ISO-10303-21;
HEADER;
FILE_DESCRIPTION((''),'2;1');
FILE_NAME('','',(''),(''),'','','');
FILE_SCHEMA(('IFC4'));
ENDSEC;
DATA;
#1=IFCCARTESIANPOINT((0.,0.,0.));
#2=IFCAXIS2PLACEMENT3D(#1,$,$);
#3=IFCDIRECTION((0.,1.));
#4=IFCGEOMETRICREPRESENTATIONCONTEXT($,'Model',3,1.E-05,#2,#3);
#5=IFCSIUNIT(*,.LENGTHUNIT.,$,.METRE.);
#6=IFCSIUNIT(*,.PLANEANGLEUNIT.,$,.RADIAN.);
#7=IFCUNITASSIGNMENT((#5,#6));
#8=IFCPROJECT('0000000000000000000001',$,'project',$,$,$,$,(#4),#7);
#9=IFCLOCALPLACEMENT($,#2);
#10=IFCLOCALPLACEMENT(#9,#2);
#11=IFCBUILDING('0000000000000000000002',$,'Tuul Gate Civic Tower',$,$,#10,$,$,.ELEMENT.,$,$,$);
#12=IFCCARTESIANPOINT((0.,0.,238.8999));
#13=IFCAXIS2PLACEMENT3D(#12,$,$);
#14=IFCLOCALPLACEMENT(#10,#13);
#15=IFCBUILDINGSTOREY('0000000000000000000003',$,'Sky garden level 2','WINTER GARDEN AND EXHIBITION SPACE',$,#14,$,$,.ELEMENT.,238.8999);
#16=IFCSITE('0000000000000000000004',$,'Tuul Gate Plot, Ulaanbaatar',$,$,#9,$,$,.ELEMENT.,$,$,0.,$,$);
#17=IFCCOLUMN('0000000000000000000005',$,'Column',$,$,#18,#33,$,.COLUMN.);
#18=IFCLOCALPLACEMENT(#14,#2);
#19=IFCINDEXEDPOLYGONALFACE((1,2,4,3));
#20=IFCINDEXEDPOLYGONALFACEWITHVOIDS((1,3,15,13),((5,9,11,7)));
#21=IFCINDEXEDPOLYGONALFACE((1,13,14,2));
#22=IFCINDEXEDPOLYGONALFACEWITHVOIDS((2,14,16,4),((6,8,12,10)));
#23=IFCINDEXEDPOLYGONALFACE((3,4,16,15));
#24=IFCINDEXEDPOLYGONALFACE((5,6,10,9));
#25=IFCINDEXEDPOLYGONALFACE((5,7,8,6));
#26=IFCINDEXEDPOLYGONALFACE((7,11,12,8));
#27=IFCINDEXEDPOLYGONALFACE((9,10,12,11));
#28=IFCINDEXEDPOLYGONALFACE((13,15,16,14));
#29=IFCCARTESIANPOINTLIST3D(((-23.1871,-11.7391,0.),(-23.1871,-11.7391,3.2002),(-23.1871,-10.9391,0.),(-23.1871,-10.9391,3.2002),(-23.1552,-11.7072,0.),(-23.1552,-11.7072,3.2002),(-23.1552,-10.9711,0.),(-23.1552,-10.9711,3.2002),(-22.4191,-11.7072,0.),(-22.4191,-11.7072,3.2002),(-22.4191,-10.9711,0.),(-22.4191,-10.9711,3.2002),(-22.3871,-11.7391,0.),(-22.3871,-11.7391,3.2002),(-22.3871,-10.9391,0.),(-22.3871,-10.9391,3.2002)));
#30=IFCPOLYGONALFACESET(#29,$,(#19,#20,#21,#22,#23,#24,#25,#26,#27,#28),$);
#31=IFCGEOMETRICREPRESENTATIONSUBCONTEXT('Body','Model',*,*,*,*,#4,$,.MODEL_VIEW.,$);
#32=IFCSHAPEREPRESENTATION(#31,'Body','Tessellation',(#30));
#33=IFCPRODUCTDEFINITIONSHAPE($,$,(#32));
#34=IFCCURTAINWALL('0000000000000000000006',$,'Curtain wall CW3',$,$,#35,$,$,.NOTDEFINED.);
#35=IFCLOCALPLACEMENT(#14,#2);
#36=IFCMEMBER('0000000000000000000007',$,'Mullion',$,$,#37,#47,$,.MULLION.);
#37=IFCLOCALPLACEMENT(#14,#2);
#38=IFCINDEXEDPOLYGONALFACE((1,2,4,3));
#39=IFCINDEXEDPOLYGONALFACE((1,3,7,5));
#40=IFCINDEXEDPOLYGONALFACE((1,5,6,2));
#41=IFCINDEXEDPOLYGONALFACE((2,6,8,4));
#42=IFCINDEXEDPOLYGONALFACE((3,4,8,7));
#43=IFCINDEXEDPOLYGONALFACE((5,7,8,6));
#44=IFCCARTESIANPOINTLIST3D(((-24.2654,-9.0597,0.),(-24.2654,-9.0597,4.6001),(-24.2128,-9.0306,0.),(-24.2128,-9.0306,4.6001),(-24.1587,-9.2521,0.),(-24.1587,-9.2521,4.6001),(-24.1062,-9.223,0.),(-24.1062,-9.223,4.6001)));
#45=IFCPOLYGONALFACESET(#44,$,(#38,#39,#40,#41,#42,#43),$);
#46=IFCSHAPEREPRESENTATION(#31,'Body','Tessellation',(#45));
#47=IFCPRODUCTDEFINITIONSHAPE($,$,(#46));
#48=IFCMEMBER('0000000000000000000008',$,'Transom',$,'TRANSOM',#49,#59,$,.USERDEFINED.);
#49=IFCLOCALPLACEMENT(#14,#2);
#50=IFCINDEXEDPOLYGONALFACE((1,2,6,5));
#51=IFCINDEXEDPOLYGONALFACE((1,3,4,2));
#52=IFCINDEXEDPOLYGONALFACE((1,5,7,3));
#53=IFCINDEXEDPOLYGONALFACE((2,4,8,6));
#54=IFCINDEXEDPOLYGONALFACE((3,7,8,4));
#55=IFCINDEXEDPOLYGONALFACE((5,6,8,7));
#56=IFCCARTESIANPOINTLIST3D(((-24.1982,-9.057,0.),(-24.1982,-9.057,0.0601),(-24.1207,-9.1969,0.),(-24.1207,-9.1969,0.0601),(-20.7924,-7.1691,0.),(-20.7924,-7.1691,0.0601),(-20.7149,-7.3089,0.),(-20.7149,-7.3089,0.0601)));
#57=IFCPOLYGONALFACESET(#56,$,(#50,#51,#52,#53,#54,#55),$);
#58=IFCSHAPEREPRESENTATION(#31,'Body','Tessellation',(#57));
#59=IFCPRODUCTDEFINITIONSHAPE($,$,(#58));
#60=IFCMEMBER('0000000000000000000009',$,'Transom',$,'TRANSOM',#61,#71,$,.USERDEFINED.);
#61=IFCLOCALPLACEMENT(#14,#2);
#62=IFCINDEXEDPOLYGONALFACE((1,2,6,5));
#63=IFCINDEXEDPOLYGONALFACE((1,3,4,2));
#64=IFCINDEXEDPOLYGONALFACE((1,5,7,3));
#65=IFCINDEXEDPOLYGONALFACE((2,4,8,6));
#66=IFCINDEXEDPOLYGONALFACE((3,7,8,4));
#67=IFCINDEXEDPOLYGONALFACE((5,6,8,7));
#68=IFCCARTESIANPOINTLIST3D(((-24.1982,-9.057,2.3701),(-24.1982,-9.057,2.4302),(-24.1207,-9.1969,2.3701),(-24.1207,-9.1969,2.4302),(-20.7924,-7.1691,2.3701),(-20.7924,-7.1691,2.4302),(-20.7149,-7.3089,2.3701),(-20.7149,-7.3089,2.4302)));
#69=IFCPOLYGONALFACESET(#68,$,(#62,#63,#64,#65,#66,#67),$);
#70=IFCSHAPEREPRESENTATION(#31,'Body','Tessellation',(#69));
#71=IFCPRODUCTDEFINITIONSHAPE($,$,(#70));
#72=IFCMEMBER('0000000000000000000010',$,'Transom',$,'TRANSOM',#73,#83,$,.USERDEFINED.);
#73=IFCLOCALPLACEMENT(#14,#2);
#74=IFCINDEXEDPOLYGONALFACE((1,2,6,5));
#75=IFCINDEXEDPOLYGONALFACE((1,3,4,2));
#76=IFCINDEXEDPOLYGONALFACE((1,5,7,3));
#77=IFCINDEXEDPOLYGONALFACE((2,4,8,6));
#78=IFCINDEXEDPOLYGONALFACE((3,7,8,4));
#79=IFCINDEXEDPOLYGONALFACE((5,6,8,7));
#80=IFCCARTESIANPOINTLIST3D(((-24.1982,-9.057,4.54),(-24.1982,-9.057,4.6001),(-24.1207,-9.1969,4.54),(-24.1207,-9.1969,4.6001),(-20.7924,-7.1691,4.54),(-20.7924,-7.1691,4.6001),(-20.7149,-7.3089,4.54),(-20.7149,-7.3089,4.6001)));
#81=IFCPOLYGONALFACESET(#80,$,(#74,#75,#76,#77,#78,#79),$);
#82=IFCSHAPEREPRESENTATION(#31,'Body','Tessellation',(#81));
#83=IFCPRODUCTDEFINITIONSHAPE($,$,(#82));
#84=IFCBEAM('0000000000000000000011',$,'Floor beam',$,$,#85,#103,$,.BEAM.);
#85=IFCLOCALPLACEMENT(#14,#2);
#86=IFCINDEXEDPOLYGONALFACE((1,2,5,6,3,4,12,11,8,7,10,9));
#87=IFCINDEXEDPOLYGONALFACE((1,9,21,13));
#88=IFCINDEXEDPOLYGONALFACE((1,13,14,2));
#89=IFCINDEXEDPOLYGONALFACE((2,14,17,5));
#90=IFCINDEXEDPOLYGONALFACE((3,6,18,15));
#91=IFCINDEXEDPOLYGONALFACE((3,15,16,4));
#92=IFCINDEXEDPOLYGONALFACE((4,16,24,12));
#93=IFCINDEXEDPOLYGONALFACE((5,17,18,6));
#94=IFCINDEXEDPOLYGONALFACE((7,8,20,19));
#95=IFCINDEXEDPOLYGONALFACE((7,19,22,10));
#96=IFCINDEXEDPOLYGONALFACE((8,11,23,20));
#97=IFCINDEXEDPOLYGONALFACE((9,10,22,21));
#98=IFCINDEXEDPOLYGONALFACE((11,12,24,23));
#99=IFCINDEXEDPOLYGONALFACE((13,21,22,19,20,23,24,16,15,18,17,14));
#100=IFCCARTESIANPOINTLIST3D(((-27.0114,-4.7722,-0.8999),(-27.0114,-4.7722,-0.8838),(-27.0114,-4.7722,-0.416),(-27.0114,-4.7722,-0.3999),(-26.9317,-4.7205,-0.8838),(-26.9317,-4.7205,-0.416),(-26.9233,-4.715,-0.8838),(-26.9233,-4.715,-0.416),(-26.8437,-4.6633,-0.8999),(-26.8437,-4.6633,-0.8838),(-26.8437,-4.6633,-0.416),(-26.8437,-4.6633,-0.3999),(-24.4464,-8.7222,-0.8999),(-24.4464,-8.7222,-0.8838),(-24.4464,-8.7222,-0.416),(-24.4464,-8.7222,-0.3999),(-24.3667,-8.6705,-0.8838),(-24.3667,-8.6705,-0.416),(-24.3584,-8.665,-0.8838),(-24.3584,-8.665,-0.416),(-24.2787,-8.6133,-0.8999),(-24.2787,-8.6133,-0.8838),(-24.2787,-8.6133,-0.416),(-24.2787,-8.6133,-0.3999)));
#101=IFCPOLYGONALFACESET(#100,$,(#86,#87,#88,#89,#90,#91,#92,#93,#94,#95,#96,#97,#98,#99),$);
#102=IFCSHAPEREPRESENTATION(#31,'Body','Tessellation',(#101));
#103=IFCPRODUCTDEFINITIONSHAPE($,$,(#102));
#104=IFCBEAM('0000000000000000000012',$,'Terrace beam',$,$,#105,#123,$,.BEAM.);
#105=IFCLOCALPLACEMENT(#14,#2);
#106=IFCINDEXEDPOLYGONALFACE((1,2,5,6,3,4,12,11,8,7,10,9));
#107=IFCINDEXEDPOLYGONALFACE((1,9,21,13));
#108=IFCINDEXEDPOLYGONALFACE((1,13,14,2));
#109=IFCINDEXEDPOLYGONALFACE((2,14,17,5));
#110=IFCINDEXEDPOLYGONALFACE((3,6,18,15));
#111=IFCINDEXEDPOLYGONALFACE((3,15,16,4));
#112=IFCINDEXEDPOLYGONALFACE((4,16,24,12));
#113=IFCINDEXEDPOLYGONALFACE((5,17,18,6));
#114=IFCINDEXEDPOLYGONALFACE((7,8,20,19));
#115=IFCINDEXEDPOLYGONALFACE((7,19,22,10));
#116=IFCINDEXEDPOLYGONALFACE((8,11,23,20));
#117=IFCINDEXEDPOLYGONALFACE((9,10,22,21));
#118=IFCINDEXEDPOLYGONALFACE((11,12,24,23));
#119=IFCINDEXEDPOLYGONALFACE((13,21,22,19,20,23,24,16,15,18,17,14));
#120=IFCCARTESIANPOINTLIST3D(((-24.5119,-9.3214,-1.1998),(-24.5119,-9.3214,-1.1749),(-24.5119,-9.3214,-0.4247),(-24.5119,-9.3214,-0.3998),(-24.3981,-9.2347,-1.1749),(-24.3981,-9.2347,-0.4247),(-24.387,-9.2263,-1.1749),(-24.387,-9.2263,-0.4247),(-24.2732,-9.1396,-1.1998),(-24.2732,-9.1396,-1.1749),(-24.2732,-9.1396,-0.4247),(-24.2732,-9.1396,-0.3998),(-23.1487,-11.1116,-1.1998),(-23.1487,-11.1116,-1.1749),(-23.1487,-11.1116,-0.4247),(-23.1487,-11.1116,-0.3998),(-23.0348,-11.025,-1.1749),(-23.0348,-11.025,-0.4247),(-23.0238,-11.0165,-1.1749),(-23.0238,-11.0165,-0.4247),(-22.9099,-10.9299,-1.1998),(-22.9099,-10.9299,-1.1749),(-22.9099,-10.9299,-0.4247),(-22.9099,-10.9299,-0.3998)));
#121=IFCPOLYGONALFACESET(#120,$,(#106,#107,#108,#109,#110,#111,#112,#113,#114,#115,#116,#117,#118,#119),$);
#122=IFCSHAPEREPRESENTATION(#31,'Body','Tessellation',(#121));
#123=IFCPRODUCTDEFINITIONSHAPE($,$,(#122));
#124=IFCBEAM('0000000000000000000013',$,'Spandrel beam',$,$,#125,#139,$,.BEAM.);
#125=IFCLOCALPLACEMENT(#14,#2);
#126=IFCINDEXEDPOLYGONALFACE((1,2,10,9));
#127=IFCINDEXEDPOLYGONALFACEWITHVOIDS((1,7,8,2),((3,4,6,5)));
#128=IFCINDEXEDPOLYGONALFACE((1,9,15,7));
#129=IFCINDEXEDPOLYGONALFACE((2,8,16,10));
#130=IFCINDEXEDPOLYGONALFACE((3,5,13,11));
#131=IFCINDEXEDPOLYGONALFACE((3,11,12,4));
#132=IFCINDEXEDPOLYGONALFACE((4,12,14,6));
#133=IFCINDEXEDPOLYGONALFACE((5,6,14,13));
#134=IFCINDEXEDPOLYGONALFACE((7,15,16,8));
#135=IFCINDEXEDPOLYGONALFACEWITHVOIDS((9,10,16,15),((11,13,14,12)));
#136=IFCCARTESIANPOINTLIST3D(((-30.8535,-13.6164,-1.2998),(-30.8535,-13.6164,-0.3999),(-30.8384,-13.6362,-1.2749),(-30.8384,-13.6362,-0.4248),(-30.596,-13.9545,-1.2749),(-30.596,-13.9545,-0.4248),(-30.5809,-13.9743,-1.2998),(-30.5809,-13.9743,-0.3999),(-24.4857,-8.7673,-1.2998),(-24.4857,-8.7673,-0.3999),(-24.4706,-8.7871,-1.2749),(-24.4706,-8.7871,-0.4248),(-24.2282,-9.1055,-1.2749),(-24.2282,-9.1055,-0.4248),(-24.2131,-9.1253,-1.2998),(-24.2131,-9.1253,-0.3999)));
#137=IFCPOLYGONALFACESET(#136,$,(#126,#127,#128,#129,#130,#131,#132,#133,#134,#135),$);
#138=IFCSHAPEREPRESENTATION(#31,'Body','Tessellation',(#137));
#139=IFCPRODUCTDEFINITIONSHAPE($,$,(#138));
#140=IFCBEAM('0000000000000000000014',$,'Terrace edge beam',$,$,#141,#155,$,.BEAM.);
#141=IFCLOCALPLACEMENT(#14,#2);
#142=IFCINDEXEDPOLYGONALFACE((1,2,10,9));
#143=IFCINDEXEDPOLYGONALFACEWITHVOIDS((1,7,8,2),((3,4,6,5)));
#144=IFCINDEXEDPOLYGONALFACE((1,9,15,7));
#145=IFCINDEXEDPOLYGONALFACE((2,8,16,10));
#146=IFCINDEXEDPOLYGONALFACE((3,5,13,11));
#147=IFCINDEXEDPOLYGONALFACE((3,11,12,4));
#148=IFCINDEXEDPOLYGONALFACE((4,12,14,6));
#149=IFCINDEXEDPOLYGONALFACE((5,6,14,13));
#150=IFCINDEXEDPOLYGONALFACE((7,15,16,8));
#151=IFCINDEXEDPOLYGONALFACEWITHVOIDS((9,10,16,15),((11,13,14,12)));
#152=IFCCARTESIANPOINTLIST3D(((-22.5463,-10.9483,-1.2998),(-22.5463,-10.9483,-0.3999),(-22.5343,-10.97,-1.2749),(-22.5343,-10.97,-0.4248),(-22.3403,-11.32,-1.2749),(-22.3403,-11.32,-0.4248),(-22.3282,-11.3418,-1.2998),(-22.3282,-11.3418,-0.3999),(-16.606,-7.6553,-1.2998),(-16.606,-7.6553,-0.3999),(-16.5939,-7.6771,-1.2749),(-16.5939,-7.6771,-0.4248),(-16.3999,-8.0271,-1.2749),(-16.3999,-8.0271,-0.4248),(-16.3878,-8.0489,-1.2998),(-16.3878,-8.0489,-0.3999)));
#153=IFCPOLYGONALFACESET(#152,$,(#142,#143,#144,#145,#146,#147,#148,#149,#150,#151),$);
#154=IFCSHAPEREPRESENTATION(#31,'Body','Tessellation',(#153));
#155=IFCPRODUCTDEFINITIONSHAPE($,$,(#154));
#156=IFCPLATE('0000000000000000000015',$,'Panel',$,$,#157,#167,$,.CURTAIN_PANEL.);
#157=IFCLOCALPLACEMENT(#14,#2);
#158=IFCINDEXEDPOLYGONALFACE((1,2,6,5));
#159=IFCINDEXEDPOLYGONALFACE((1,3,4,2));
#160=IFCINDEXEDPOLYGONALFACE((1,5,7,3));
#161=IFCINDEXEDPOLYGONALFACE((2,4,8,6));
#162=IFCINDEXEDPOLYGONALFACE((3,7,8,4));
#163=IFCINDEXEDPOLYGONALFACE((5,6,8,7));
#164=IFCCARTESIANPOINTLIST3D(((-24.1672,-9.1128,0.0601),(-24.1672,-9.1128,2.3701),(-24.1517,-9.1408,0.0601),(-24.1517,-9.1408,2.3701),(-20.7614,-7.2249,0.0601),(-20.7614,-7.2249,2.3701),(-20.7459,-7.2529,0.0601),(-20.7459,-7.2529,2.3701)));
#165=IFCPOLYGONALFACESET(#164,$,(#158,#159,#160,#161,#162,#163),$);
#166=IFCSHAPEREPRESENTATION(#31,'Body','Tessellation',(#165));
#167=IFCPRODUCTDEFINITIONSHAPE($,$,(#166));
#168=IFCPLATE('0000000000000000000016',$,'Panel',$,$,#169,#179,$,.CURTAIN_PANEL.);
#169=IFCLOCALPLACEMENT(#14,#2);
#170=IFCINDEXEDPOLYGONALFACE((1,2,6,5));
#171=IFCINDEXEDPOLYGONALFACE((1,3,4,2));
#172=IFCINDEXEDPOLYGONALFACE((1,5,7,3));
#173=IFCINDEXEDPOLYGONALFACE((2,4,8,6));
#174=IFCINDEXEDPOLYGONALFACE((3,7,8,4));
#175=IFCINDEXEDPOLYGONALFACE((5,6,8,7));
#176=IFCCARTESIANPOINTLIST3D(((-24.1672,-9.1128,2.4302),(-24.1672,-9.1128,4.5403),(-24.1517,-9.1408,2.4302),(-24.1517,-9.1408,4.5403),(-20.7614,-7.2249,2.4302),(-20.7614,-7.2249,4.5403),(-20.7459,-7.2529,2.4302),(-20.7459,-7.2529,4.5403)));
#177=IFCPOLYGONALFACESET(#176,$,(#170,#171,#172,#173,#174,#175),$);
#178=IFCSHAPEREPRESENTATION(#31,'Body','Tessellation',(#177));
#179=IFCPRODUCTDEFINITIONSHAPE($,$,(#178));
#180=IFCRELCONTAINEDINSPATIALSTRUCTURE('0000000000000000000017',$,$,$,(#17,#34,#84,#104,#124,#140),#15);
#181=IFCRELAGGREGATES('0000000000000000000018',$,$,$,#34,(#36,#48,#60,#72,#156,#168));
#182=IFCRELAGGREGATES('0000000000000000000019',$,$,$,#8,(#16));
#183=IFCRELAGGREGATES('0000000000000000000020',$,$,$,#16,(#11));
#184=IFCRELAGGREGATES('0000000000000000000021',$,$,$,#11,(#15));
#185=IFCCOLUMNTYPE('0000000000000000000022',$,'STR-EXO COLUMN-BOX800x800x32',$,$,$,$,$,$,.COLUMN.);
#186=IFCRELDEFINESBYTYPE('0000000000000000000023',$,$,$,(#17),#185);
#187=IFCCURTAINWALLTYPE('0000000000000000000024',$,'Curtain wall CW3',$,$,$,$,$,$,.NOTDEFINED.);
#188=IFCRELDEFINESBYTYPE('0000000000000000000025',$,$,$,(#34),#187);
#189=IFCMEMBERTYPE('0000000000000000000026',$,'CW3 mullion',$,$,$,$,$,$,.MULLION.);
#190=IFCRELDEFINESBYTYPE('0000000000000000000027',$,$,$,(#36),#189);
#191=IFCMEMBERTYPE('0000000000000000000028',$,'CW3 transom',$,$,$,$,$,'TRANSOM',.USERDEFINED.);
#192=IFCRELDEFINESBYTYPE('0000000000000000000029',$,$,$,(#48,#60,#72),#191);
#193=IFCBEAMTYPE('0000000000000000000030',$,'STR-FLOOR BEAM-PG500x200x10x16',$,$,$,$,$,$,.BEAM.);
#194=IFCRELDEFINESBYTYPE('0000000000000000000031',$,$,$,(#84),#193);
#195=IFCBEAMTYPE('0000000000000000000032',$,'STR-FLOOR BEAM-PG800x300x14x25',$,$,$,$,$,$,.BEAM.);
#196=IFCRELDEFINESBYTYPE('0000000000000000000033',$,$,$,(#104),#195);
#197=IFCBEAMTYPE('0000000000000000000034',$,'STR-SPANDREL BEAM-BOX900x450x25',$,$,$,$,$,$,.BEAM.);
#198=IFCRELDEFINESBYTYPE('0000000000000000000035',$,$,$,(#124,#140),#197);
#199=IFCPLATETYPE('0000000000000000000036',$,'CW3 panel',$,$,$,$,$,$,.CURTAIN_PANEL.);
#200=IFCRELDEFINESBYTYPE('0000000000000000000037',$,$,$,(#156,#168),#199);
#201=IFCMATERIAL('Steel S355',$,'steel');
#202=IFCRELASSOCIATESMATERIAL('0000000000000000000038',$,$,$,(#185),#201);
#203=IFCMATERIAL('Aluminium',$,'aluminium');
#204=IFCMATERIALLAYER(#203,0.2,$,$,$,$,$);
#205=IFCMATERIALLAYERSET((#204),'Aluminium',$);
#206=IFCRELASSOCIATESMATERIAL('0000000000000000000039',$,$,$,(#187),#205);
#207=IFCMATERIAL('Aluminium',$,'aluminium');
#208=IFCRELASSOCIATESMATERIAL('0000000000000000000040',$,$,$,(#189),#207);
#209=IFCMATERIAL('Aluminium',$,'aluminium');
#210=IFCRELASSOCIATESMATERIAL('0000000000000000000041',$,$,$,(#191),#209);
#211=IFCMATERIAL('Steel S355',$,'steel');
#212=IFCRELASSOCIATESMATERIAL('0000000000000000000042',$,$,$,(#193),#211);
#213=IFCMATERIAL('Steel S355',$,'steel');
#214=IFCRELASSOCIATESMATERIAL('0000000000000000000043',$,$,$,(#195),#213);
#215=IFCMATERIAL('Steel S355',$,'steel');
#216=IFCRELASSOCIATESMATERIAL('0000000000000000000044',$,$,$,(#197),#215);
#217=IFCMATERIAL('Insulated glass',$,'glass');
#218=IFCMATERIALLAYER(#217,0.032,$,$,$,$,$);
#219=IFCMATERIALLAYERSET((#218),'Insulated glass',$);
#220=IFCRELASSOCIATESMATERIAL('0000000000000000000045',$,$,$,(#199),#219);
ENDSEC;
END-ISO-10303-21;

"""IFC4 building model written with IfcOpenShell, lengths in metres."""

from ifc_helpers import new_model, si_unit, direction, frame, origin, origin_2d, place, context, subcontext, project, spatial, rectangle, hollow_rectangle, i_section, extrude, material, layer, layer_set, material_profile, profile_set, type_object, element, aggregate, save


model = new_model("IFC4")

# Units and contexts
model_context = context("Model", 3, precision=1e-05, world=origin(), true_north=direction((0.0, 1.0)))
body_context = subcontext(model_context, "Body", "Model", "MODEL_VIEW")
ifc_project = project(units=[si_unit("LENGTHUNIT", "METRE"), si_unit("PLANEANGLEUNIT", "RADIAN")], contexts=[model_context])

# Site, building, storey
site_placement = place(None, origin())
site = spatial("IfcSite", under=ifc_project, at=site_placement, Name="Tuul Gate Plot, Ulaanbaatar", CompositionType="ELEMENT", RefElevation=0.0)
building_placement = place(site_placement, origin())
building = spatial("IfcBuilding", under=site, at=building_placement, Name="Tuul Gate Civic Tower", CompositionType="ELEMENT")
storey_placement = place(building_placement, frame((0.0, 0.0, 238.8999)))
storey = spatial("IfcBuildingStorey", under=building, at=storey_placement, Name="Sky garden level 2", Description="WINTER GARDEN AND EXHIBITION SPACE", CompositionType="ELEMENT", Elevation=238.8999)

# Column
ifc_material_1 = material(Name="Steel S355", Category="steel")
ifc_material_profile_1 = material_profile(ifc_material_1, hollow_rectangle(XDim=0.8, YDim=0.8, WallThickness=0.032, at=origin_2d()), Name="BOX800x800x32")
ifc_profile_set_1 = profile_set([ifc_material_profile_1], Name="Steel S355")
column_type = type_object("IfcColumnType", Name="STR-EXO COLUMN-BOX800x800x32", PredefinedType="COLUMN", material=ifc_profile_set_1)
column_placement = place(storey_placement, frame((-22.7871, -11.3391, 0.0), z_axis=(0.0, 0.0, 1.0), x_axis=(1.0, 0.0, 0.0)))
element("IfcColumn", 1, at=column_placement, inside=storey, type_object=column_type, Name="Column", PredefinedType="COLUMN", context=body_context, shape_type="SweptSolid", body=[
    extrude(hollow_rectangle(XDim=0.8, YDim=0.8, WallThickness=0.032, at=origin_2d()), origin(), (0.0, 0.0, 1.0), 3.2002),
])

# Curtain wall, members
ifc_material_2 = material(Name="Aluminium", Category="aluminium")
ifc_layer_1 = layer(ifc_material_2, 0.2)
ifc_layer_set_1 = layer_set([ifc_layer_1], Name="Aluminium")
curtain_wall_type = type_object("IfcCurtainWallType", Name="Curtain wall CW3", PredefinedType="NOTDEFINED", material=ifc_layer_set_1)
curtain_wall_placement = place(storey_placement, origin())
curtain_wall = element("IfcCurtainWall", 2, at=curtain_wall_placement, inside=storey, type_object=curtain_wall_type, Name="Curtain wall CW3", PredefinedType="NOTDEFINED")
ifc_material_3 = material(Name="Aluminium", Category="aluminium")
ifc_material_profile_2 = material_profile(ifc_material_3, rectangle(XDim=0.22, YDim=0.0601, at=origin_2d()), Name="CW3 mullion")
ifc_profile_set_2 = profile_set([ifc_material_profile_2], Name="Aluminium")
member_type_1 = type_object("IfcMemberType", Name="CW3 mullion", PredefinedType="MULLION", material=ifc_profile_set_2)
member_1_placement = place(storey_placement, frame((-24.1858, -9.1414, 0.0), z_axis=(0.0, 0.0, 1.0), x_axis=(-0.484812, 0.874619, 0.0)))
member_1 = element("IfcMember", 3, at=member_1_placement, type_object=member_type_1, Name="Mullion", PredefinedType="MULLION", context=body_context, shape_type="SweptSolid", body=[
    extrude(rectangle(XDim=0.22, YDim=0.0601, at=origin_2d()), origin(), (0.0, 0.0, 1.0), 4.6001),
])
ifc_material_4 = material(Name="Aluminium", Category="aluminium")
ifc_material_profile_3 = material_profile(ifc_material_4, rectangle(XDim=0.1599, YDim=0.0601, at=origin_2d()), Name="CW3 transom")
ifc_profile_set_3 = profile_set([ifc_material_profile_3], Name="Aluminium")
member_type_2 = type_object("IfcMemberType", Name="CW3 transom", ElementType="TRANSOM", PredefinedType="USERDEFINED", material=ifc_profile_set_3)
member_2_placement = place(storey_placement, frame((-24.1594, -9.127, 0.03), z_axis=(0.874609, 0.484828, 0.0), x_axis=(-0.484828, 0.874609, 0.0)))
member_2 = element("IfcMember", 4, at=member_2_placement, type_object=member_type_2, Name="Transom", ObjectType="TRANSOM", PredefinedType="USERDEFINED", context=body_context, shape_type="SweptSolid", body=[
    extrude(rectangle(XDim=0.1599, YDim=0.0601, at=origin_2d()), origin(), (0.0, 0.0, 1.0), 3.894),
])
member_3_placement = place(storey_placement, frame((-24.1594, -9.127, 2.4001), z_axis=(0.874609, 0.484828, 0.0), x_axis=(-0.484828, 0.874609, 0.0)))
member_3 = element("IfcMember", 5, at=member_3_placement, type_object=member_type_2, Name="Transom", ObjectType="TRANSOM", PredefinedType="USERDEFINED", context=body_context, shape_type="SweptSolid", body=[
    extrude(rectangle(XDim=0.1599, YDim=0.0601, at=origin_2d()), origin(), (0.0, 0.0, 1.0), 3.894),
])
member_4_placement = place(storey_placement, frame((-24.1594, -9.127, 4.5701), z_axis=(0.874609, 0.484828, 0.0), x_axis=(-0.484828, 0.874609, 0.0)))
member_4 = element("IfcMember", 6, at=member_4_placement, type_object=member_type_2, Name="Transom", ObjectType="TRANSOM", PredefinedType="USERDEFINED", context=body_context, shape_type="SweptSolid", body=[
    extrude(rectangle(XDim=0.1599, YDim=0.0601, at=origin_2d()), origin(), (0.0, 0.0, 1.0), 3.894),
])

# Beams
ifc_material_5 = material(Name="Steel S355", Category="steel")
ifc_material_profile_4 = material_profile(ifc_material_5, i_section(OverallWidth=0.2, OverallDepth=0.5, WebThickness=0.01, FlangeThickness=0.0161, at=origin_2d()), Name="PG500x200x10x16")
ifc_profile_set_4 = profile_set([ifc_material_profile_4], Name="Steel S355")
beam_type_1 = type_object("IfcBeamType", Name="STR-FLOOR BEAM-PG500x200x10x16", PredefinedType="BEAM", material=ifc_profile_set_4)
beam_1_placement = place(storey_placement, frame((-24.3625, -8.6677, -0.6499), z_axis=(-0.544611, 0.838689, 0.0), x_axis=(-0.838689, -0.544611, 0.0)))
element("IfcBeam", 7, at=beam_1_placement, inside=storey, type_object=beam_type_1, Name="Floor beam", PredefinedType="BEAM", context=body_context, shape_type="SweptSolid", body=[
    extrude(i_section(OverallWidth=0.2, OverallDepth=0.5, WebThickness=0.01, FlangeThickness=0.0161, at=origin_2d()), origin(), (0.0, 0.0, 1.0), 4.7097),
])
ifc_material_6 = material(Name="Steel S355", Category="steel")
ifc_material_profile_5 = material_profile(ifc_material_6, i_section(OverallWidth=0.3, OverallDepth=0.8, WebThickness=0.0139, FlangeThickness=0.0249, at=origin_2d()), Name="PG800x300x14x25")
ifc_profile_set_5 = profile_set([ifc_material_profile_5], Name="Steel S355")
beam_type_2 = type_object("IfcBeamType", Name="STR-FLOOR BEAM-PG800x300x14x25", PredefinedType="BEAM", material=ifc_profile_set_5)
beam_2_placement = place(storey_placement, frame((-23.0293, -11.0208, -0.7998), z_axis=(-0.605834, 0.795591, 0.0), x_axis=(-0.795591, -0.605834, 0.0)))
element("IfcBeam", 8, at=beam_2_placement, inside=storey, type_object=beam_type_2, Name="Terrace beam", PredefinedType="BEAM", context=body_context, shape_type="SweptSolid", body=[
    extrude(i_section(OverallWidth=0.3, OverallDepth=0.8, WebThickness=0.0139, FlangeThickness=0.0249, at=origin_2d()), origin(), (0.0, 0.0, 1.0), 2.2502),
])
ifc_material_7 = material(Name="Steel S355", Category="steel")
ifc_material_profile_6 = material_profile(ifc_material_7, hollow_rectangle(XDim=0.45, YDim=0.8999, WallThickness=0.0249, at=origin_2d()), Name="BOX900x450x25")
ifc_profile_set_6 = profile_set([ifc_material_profile_6], Name="Steel S355")
beam_type_3 = type_object("IfcBeamType", Name="STR-SPANDREL BEAM-BOX900x450x25", PredefinedType="BEAM", material=ifc_profile_set_6)
beam_3_placement = place(storey_placement, frame((-24.3494, -8.9463, -0.8499), z_axis=(-0.79559, -0.605835, 0.0), x_axis=(0.605835, -0.79559, 0.0)))
element("IfcBeam", 9, at=beam_3_placement, inside=storey, type_object=beam_type_3, Name="Spandrel beam", PredefinedType="BEAM", context=body_context, shape_type="SweptSolid", body=[
    extrude(hollow_rectangle(XDim=0.45, YDim=0.8999, WallThickness=0.0249, at=origin_2d()), origin(), (0.0, 0.0, 1.0), 8.0039),
])
beam_4_placement = place(storey_placement, frame((-22.4373, -11.145, -0.8499), z_axis=(0.874611, 0.484825, 0.0), x_axis=(-0.484825, 0.874611, 0.0)))
element("IfcBeam", 10, at=beam_4_placement, inside=storey, type_object=beam_type_3, Name="Terrace edge beam", PredefinedType="BEAM", context=body_context, shape_type="SweptSolid", body=[
    extrude(hollow_rectangle(XDim=0.45, YDim=0.8999, WallThickness=0.0249, at=origin_2d()), origin(), (0.0, 0.0, 1.0), 6.792),
])

# Plates
ifc_material_8 = material(Name="Insulated glass", Category="glass")
ifc_layer_2 = layer(ifc_material_8, 0.032)
ifc_layer_set_2 = layer_set([ifc_layer_2], Name="Insulated glass")
plate_type = type_object("IfcPlateType", Name="CW3 panel", PredefinedType="CURTAIN_PANEL", material=ifc_layer_set_2)
plate_1_placement = place(storey_placement, frame((-22.4565, -8.1829, 0.0601), z_axis=(0.0, 0.0, 1.0), x_axis=(0.874619, 0.484812, 0.0)))
plate_1 = element("IfcPlate", 11, at=plate_1_placement, type_object=plate_type, Name="Panel", PredefinedType="CURTAIN_PANEL", context=body_context, shape_type="SweptSolid", body=[
    extrude(rectangle(XDim=3.894, YDim=0.032, at=origin_2d()), origin(), (0.0, 0.0, 1.0), 2.3101),
])
plate_2_placement = place(storey_placement, frame((-22.4565, -8.1829, 2.4302), z_axis=(0.0, 0.0, 1.0), x_axis=(0.874619, 0.484812, 0.0)))
plate_2 = element("IfcPlate", 12, at=plate_2_placement, type_object=plate_type, Name="Panel", PredefinedType="CURTAIN_PANEL", context=body_context, shape_type="SweptSolid", body=[
    extrude(rectangle(XDim=3.894, YDim=0.032, at=origin_2d()), origin(), (0.0, 0.0, 1.0), 2.1101),
])
aggregate(curtain_wall, [member_1, member_2, member_3, member_4, plate_1, plate_2])

save(model, "model.ifc")
